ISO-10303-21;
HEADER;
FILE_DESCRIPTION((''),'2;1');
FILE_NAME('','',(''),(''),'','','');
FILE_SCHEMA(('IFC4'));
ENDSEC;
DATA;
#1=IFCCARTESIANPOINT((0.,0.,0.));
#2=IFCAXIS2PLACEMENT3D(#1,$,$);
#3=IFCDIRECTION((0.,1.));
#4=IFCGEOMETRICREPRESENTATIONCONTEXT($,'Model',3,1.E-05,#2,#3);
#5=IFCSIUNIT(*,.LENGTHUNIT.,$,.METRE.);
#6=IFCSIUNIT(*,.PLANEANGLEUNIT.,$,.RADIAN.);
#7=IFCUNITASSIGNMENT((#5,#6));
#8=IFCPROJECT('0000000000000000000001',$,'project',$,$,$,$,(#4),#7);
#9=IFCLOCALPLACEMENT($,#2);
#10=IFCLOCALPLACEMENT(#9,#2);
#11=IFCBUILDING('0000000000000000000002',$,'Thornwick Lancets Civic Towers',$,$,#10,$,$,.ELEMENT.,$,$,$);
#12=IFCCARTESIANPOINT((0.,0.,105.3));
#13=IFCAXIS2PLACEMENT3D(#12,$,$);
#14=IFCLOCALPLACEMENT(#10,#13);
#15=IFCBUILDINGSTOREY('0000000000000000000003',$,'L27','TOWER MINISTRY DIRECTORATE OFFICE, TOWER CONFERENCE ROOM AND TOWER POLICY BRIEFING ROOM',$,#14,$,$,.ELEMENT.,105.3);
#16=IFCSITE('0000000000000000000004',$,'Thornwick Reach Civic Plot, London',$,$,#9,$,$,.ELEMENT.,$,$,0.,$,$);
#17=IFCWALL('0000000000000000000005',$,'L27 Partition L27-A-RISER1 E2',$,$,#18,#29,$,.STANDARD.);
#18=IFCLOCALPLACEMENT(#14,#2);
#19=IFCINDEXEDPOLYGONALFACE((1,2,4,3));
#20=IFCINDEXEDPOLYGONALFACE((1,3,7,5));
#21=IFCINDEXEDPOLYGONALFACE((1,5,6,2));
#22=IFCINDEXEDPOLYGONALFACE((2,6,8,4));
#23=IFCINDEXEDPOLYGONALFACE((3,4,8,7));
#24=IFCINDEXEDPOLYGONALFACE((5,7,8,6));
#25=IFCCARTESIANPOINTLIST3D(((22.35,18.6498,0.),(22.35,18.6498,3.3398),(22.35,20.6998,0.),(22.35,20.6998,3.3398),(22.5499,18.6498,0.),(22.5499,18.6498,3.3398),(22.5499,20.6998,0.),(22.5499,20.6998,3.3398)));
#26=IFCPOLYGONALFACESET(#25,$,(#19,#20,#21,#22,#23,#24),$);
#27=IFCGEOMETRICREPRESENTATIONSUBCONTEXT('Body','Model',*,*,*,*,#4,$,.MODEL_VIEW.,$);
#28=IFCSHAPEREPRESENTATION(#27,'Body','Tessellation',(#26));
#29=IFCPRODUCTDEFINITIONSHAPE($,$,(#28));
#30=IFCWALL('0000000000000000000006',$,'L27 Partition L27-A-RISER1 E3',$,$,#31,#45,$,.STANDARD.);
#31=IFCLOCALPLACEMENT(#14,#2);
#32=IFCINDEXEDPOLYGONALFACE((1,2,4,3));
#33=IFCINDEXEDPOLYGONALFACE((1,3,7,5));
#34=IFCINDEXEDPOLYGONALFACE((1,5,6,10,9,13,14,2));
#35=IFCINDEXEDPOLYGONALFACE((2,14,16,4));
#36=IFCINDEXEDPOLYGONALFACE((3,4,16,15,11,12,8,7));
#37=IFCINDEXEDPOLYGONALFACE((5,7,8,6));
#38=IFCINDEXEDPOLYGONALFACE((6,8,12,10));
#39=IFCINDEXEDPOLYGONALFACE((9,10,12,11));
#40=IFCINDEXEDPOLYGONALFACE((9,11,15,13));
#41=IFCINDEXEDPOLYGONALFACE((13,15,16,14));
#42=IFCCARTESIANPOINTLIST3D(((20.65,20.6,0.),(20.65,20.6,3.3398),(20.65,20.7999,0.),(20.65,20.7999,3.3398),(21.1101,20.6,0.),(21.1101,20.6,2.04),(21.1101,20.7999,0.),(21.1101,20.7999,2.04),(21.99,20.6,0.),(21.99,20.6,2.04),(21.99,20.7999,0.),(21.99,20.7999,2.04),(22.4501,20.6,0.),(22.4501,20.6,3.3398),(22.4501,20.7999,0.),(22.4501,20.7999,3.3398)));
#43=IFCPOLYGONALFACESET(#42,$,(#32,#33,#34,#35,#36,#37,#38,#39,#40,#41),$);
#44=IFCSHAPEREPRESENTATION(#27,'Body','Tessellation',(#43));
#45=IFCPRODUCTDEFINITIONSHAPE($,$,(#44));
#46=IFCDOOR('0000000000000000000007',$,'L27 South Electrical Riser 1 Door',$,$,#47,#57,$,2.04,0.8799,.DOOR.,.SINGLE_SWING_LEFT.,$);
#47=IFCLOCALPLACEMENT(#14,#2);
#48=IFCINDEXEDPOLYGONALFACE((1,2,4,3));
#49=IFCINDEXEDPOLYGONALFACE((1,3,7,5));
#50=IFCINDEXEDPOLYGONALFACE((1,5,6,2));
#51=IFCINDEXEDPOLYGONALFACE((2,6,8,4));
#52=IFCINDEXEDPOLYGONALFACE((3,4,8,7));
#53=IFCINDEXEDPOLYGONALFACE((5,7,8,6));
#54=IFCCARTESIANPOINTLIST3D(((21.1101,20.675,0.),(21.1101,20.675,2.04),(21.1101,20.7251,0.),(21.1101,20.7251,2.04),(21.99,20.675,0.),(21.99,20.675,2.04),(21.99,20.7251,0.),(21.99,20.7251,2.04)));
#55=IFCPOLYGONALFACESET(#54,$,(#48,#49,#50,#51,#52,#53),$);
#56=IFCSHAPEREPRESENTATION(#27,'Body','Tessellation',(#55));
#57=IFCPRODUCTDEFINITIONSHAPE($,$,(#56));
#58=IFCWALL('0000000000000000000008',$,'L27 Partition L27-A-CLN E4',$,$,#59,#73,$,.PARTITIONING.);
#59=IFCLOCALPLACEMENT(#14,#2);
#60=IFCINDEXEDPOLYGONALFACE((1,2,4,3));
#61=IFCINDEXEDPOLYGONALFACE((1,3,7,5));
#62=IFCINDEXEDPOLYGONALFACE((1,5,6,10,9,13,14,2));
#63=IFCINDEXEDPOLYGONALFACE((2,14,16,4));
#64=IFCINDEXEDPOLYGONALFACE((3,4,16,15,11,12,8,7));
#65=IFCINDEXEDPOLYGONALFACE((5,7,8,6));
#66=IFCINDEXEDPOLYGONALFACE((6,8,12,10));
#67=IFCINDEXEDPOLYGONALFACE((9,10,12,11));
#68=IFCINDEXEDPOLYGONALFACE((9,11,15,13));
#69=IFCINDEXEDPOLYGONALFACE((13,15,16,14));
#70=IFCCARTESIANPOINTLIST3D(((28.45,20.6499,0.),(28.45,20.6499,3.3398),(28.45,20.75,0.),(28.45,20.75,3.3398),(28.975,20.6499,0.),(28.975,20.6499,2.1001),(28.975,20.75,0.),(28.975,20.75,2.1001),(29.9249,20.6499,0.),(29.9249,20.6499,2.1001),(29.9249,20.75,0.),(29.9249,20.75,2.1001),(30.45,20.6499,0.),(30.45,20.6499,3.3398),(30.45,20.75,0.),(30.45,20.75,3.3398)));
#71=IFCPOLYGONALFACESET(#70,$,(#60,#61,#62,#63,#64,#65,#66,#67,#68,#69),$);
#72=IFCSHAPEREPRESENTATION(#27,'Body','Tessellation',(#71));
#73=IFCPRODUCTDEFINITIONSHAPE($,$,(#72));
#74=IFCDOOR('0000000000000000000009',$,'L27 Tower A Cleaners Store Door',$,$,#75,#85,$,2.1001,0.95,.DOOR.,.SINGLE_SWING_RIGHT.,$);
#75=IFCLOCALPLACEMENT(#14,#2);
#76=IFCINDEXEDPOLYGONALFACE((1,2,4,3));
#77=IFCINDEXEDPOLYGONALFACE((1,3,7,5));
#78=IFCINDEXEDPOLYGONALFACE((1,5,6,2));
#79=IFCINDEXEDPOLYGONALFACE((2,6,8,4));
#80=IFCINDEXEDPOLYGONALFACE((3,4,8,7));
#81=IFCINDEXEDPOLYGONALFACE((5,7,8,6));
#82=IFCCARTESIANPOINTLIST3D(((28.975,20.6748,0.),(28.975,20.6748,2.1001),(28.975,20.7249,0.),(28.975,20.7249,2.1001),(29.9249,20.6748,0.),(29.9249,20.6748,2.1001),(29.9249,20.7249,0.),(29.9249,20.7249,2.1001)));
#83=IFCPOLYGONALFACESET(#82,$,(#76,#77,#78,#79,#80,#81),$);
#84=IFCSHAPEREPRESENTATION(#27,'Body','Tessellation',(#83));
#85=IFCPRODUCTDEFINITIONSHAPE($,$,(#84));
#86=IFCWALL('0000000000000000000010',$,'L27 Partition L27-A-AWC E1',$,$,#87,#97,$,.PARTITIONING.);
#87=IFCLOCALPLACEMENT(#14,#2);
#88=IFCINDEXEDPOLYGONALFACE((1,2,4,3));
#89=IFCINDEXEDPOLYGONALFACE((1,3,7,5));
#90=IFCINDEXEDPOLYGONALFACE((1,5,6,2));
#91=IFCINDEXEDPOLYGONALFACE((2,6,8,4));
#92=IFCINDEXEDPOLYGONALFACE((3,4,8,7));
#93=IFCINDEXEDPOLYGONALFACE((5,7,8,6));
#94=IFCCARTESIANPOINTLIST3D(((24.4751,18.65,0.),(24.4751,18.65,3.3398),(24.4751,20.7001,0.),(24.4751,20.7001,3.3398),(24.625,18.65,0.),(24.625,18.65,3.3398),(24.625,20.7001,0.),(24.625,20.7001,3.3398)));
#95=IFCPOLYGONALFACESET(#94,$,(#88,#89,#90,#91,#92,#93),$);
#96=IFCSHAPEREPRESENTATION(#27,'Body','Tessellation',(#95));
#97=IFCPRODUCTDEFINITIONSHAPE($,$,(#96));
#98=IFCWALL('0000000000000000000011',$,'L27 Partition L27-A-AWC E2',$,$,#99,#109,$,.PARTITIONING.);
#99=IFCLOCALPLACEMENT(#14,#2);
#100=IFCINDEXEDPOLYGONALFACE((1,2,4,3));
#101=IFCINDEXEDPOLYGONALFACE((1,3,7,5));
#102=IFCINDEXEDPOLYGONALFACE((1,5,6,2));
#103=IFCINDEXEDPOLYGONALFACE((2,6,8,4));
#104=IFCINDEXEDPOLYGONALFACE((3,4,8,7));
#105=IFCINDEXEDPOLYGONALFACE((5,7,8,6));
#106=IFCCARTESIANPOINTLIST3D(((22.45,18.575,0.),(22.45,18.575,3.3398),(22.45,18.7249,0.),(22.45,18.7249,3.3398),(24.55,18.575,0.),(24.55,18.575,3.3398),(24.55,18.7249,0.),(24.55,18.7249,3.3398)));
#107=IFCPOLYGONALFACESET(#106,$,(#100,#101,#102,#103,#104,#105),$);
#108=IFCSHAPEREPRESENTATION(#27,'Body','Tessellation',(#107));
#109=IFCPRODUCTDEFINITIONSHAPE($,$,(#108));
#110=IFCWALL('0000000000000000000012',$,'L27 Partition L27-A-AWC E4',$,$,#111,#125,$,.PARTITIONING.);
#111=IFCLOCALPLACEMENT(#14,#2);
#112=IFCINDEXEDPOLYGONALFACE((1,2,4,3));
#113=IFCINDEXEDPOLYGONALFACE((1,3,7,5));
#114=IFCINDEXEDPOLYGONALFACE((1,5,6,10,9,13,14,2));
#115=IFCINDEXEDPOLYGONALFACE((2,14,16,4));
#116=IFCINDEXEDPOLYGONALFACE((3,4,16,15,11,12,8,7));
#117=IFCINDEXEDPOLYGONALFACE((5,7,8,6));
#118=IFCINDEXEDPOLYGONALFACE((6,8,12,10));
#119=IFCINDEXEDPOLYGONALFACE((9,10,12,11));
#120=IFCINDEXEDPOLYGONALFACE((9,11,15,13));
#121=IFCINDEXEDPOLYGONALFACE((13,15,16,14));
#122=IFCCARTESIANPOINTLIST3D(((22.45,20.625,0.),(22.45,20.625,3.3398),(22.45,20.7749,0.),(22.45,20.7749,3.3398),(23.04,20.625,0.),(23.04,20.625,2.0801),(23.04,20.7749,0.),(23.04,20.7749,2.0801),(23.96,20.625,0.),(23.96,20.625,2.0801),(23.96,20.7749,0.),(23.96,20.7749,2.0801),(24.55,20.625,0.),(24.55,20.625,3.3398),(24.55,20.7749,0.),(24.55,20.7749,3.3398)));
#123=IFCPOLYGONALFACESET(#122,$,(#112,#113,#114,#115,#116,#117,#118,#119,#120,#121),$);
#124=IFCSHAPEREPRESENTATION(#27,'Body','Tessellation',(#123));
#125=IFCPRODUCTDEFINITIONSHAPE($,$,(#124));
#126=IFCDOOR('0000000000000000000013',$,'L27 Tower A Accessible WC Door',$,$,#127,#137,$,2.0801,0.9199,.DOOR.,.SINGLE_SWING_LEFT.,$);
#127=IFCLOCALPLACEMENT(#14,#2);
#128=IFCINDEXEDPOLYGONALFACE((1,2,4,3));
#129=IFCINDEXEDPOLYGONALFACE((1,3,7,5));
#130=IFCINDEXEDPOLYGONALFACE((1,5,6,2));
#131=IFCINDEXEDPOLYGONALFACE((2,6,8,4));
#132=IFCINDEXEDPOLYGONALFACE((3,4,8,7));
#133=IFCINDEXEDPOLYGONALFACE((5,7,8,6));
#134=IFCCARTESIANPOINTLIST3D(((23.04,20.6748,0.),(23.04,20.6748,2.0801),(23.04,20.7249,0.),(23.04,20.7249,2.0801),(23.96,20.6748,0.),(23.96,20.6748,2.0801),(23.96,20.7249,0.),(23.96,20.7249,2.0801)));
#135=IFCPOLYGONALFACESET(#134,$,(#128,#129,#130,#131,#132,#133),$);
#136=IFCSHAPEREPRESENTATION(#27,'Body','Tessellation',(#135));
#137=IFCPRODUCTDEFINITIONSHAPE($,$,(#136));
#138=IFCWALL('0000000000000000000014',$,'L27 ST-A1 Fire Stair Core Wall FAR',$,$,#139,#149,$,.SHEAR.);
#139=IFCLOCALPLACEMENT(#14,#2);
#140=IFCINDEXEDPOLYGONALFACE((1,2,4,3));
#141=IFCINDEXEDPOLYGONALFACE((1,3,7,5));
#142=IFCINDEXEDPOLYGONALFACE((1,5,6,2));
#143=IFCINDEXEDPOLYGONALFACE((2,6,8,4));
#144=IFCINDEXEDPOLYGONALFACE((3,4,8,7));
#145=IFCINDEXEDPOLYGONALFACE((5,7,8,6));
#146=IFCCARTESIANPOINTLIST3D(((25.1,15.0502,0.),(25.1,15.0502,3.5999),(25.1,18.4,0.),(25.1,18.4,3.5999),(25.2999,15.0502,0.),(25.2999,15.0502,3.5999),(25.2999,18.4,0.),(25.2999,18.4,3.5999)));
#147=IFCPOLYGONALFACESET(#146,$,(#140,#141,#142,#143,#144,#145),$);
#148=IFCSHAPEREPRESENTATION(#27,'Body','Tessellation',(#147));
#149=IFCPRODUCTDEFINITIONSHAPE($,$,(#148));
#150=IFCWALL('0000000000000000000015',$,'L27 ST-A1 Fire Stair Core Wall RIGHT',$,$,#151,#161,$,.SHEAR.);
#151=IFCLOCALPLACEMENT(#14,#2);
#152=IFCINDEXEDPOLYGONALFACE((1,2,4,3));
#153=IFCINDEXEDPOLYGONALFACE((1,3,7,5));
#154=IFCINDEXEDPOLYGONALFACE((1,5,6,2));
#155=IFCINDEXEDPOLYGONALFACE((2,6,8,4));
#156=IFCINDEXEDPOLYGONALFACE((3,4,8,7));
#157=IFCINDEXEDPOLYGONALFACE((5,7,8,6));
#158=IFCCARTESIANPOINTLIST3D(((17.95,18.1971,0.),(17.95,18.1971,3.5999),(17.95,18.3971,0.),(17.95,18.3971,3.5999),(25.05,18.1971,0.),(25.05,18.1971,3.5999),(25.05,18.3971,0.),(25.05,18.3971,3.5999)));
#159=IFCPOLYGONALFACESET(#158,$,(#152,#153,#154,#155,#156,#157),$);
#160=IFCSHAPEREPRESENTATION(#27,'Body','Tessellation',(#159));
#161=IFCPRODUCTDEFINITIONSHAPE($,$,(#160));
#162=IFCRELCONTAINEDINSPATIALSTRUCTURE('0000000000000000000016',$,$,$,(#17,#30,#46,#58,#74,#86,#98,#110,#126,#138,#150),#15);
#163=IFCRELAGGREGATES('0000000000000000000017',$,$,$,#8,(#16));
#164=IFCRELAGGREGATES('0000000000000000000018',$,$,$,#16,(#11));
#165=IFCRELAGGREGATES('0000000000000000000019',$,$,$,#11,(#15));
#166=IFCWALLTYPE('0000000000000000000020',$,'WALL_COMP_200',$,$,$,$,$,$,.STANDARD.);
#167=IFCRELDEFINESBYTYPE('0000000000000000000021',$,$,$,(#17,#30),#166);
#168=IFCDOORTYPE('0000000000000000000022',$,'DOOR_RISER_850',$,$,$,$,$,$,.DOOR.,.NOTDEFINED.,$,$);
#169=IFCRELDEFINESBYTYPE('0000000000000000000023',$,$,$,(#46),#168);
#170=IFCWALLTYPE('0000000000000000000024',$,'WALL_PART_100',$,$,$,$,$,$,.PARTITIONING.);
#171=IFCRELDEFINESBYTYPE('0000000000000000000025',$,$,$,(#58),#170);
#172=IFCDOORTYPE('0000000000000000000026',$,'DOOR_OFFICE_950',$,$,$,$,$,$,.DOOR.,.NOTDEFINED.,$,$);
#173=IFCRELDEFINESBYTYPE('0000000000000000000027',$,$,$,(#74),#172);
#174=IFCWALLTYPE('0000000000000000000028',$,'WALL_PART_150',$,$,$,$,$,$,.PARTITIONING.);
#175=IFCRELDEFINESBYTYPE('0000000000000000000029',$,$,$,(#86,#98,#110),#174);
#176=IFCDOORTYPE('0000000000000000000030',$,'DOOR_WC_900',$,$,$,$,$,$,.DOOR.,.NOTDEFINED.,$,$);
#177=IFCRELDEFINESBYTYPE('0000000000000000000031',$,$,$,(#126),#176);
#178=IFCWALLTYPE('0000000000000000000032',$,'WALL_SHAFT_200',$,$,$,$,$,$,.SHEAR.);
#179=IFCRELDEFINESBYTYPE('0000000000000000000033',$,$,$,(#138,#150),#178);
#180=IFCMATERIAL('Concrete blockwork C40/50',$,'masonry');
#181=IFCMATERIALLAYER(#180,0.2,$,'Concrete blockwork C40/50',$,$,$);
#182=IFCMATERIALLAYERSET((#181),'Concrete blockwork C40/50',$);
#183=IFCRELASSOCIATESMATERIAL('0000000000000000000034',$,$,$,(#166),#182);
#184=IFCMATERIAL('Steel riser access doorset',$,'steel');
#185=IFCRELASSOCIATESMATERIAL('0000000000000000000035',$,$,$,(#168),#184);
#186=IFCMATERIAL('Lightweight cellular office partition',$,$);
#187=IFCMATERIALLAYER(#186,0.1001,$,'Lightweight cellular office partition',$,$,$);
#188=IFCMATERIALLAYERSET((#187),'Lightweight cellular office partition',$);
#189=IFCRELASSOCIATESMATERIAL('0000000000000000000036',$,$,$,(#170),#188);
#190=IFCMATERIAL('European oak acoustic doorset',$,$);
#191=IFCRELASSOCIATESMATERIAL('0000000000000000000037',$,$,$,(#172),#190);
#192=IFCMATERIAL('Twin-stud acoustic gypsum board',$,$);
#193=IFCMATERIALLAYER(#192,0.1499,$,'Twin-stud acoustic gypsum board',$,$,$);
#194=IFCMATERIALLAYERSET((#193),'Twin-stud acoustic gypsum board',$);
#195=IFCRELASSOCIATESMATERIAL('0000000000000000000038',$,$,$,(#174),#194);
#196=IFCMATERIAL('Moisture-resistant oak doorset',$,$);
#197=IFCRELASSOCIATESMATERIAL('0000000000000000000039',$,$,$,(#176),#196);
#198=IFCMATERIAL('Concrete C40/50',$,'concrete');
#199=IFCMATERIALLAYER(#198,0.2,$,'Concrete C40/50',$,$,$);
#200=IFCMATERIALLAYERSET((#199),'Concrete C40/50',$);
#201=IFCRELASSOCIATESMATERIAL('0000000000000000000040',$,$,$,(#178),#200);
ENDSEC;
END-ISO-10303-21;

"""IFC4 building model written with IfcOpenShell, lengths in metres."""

from ifc_helpers import new_model, si_unit, direction, frame, frame_2d, origin, place, context, subcontext, project, spatial, rectangle, extrude, material, layer, layer_set, type_object, element, fill, save


model = new_model("IFC4")

# Units and contexts
model_context = context("Model", 3, precision=1e-05, world=origin(), true_north=direction((0.0, 1.0)))
body_context = subcontext(model_context, "Body", "Model", "MODEL_VIEW")
ifc_project = project(units=[si_unit("LENGTHUNIT", "METRE"), si_unit("PLANEANGLEUNIT", "RADIAN")], contexts=[model_context])

# Site, building, storey
site_placement = place(None, origin())
site = spatial("IfcSite", under=ifc_project, at=site_placement, Name="Thornwick Reach Civic Plot, London", CompositionType="ELEMENT", RefElevation=0.0)
building_placement = place(site_placement, origin())
building = spatial("IfcBuilding", under=site, at=building_placement, Name="Thornwick Lancets Civic Towers", CompositionType="ELEMENT")
storey_placement = place(building_placement, frame((0.0, 0.0, 105.3)))
storey = spatial("IfcBuildingStorey", under=building, at=storey_placement, Name="L27", Description="TOWER MINISTRY DIRECTORATE OFFICE, TOWER CONFERENCE ROOM AND TOWER POLICY BRIEFING ROOM", CompositionType="ELEMENT", Elevation=105.3)

# Shared definitions
ifc_material_1 = material(Name="Concrete C40/50", Category="concrete")

# Shared definitions
ifc_material_2 = material(Name="Concrete blockwork C40/50", Category="masonry")
ifc_layer_1 = layer(ifc_material_2, 0.2, Name="Concrete blockwork C40/50")
ifc_layer_set_1 = layer_set([ifc_layer_1], Name="Concrete blockwork C40/50")
wall_type_1 = type_object("IfcWallType", Name="WALL_COMP_200", PredefinedType="STANDARD", material=ifc_layer_set_1)

# Shared definitions
ifc_material_3 = material(Name="Steel riser access doorset", Category="steel")
door_type_1 = type_object("IfcDoorType", Name="DOOR_RISER_850", OperationType="NOTDEFINED", PredefinedType="DOOR", material=ifc_material_3)

# Wall
for number, where, z_axis, x_axis, name in (
    (1, (22.45, 18.6499, 0.0), (0.0, 0.0, 1.0), (0.0, 1.0, 0.0), "L27 Partition L27-A-RISER1 E2"),
):
    element("IfcWall", number, at=place(storey_placement, frame(where, z_axis=z_axis, x_axis=x_axis)), inside=storey, type_object=wall_type_1, Name=name, PredefinedType="STANDARD", context=body_context, shape_type="SweptSolid", body=[
        extrude(rectangle(XDim=2.05, YDim=0.2, at=frame_2d((1.0249, 0.0))), origin(), (0.0, 0.0, 1.0), 3.3398),
    ])

# Walls, openings, doors
wall_1_placement = place(storey_placement, frame((22.45, 20.7, 0.0), z_axis=(0.0, 0.0, 1.0), x_axis=(-1.0, 0.0, 0.0)))
wall_1 = element("IfcWall", 2, at=wall_1_placement, inside=storey, type_object=wall_type_1, Name="L27 Partition L27-A-RISER1 E3", PredefinedType="STANDARD", context=body_context, shape_type="SweptSolid", body=[
    extrude(rectangle(XDim=1.8, YDim=0.2, at=frame_2d((0.8999, 0.0))), origin(), (0.0, 0.0, 1.0), 3.3398),
])
opening_1_placement = place(wall_1_placement, frame((0.46, 0.0, 0.0)))
opening_1 = element("IfcOpeningElement", 3, at=opening_1_placement, cuts=wall_1, PredefinedType="OPENING", context=body_context, shape_type="SweptSolid", body=[
    extrude(rectangle(XDim=0.8799, YDim=2.04, at=frame_2d((0.4399, 1.02))), frame((0.0, 0.1099, 0.0), z_axis=(0.0, -1.0, 0.0), x_axis=(1.0, 0.0, 0.0)), (0.0, 0.0, 1.0), 0.22),
])
door_1_placement = place(opening_1_placement, origin())
door_1 = element("IfcDoor", 4, at=door_1_placement, inside=storey, type_object=door_type_1, Name="L27 South Electrical Riser 1 Door", OperationType="SINGLE_SWING_LEFT", OverallHeight=2.04, OverallWidth=0.8799, PredefinedType="DOOR", context=body_context, shape_type="SweptSolid", body=[
    extrude(rectangle(XDim=0.8799, YDim=2.04, at=frame_2d((0.4399, 1.02))), frame((0.0, 0.0249, 0.0), z_axis=(0.0, -1.0, 0.0), x_axis=(1.0, 0.0, 0.0)), (0.0, 0.0, 1.0), 0.05),
])
fill(opening_1, door_1)
ifc_material_4 = material(Name="Lightweight cellular office partition")
ifc_layer_2 = layer(ifc_material_4, 0.1001, Name="Lightweight cellular office partition")
ifc_layer_set_2 = layer_set([ifc_layer_2], Name="Lightweight cellular office partition")
wall_type_2 = type_object("IfcWallType", Name="WALL_PART_100", PredefinedType="PARTITIONING", material=ifc_layer_set_2)
wall_2_placement = place(storey_placement, frame((28.45, 20.7, 0.0), z_axis=(0.0, 0.0, 1.0), x_axis=(1.0, 0.0, 0.0)))
wall_2 = element("IfcWall", 5, at=wall_2_placement, inside=storey, type_object=wall_type_2, Name="L27 Partition L27-A-CLN E4", PredefinedType="PARTITIONING", context=body_context, shape_type="SweptSolid", body=[
    extrude(rectangle(XDim=2.0, YDim=0.1001, at=frame_2d((1.0, 0.0))), origin(), (0.0, 0.0, 1.0), 3.3398),
])
opening_2_placement = place(wall_2_placement, frame((0.5249, 0.0, 0.0)))
opening_2 = element("IfcOpeningElement", 6, at=opening_2_placement, cuts=wall_2, PredefinedType="OPENING", context=body_context, shape_type="SweptSolid", body=[
    extrude(rectangle(XDim=0.95, YDim=2.1001, at=frame_2d((0.4751, 1.05))), frame((0.0, 0.0601, 0.0), z_axis=(0.0, -1.0, 0.0), x_axis=(1.0, 0.0, 0.0)), (0.0, 0.0, 1.0), 0.1201),
])
ifc_material_5 = material(Name="European oak acoustic doorset")
door_type_2 = type_object("IfcDoorType", Name="DOOR_OFFICE_950", OperationType="NOTDEFINED", PredefinedType="DOOR", material=ifc_material_5)
door_2_placement = place(opening_2_placement, origin())
door_2 = element("IfcDoor", 7, at=door_2_placement, inside=storey, type_object=door_type_2, Name="L27 Tower A Cleaners Store Door", OperationType="SINGLE_SWING_RIGHT", OverallHeight=2.1001, OverallWidth=0.95, PredefinedType="DOOR", context=body_context, shape_type="SweptSolid", body=[
    extrude(rectangle(XDim=0.95, YDim=2.1001, at=frame_2d((0.4751, 1.05))), frame((0.0, 0.0249, 0.0), z_axis=(0.0, -1.0, 0.0), x_axis=(1.0, 0.0, 0.0)), (0.0, 0.0, 1.0), 0.05),
])
fill(opening_2, door_2)

# Walls
ifc_material_6 = material(Name="Twin-stud acoustic gypsum board")
ifc_layer_3 = layer(ifc_material_6, 0.1499, Name="Twin-stud acoustic gypsum board")
ifc_layer_set_3 = layer_set([ifc_layer_3], Name="Twin-stud acoustic gypsum board")
wall_type_3 = type_object("IfcWallType", Name="WALL_PART_150", PredefinedType="PARTITIONING", material=ifc_layer_set_3)
wall_3_placement = place(storey_placement, frame((24.55, 20.7, 0.0), z_axis=(0.0, 0.0, 1.0), x_axis=(0.0, -1.0, 0.0)))
element("IfcWall", 8, at=wall_3_placement, inside=storey, type_object=wall_type_3, Name="L27 Partition L27-A-AWC E1", PredefinedType="PARTITIONING", context=body_context, shape_type="SweptSolid", body=[
    extrude(rectangle(XDim=2.05, YDim=0.1499, at=frame_2d((1.0249, 0.0))), origin(), (0.0, 0.0, 1.0), 3.3398),
])
wall_4_placement = place(storey_placement, frame((24.55, 18.6499, 0.0), z_axis=(0.0, 0.0, 1.0), x_axis=(-1.0, 0.0, 0.0)))
element("IfcWall", 9, at=wall_4_placement, inside=storey, type_object=wall_type_3, Name="L27 Partition L27-A-AWC E2", PredefinedType="PARTITIONING", context=body_context, shape_type="SweptSolid", body=[
    extrude(rectangle(XDim=2.1001, YDim=0.1499, at=frame_2d((1.05, 0.0))), origin(), (0.0, 0.0, 1.0), 3.3398),
])

# Wall, opening, door
wall_5_placement = place(storey_placement, frame((22.45, 20.7, 0.0), z_axis=(0.0, 0.0, 1.0), x_axis=(1.0, 0.0, 0.0)))
wall_5 = element("IfcWall", 10, at=wall_5_placement, inside=storey, type_object=wall_type_3, Name="L27 Partition L27-A-AWC E4", PredefinedType="PARTITIONING", context=body_context, shape_type="SweptSolid", body=[
    extrude(rectangle(XDim=2.1001, YDim=0.1499, at=frame_2d((1.05, 0.0))), origin(), (0.0, 0.0, 1.0), 3.3398),
])
opening_3_placement = place(wall_5_placement, frame((0.5901, 0.0, 0.0)))
opening_3 = element("IfcOpeningElement", 11, at=opening_3_placement, cuts=wall_5, PredefinedType="OPENING", context=body_context, shape_type="SweptSolid", body=[
    extrude(rectangle(XDim=0.9199, YDim=2.0801, at=frame_2d((0.46, 1.04))), frame((0.0, 0.085, 0.0), z_axis=(0.0, -1.0, 0.0), x_axis=(1.0, 0.0, 0.0)), (0.0, 0.0, 1.0), 0.1699),
])
ifc_material_7 = material(Name="Moisture-resistant oak doorset")
door_type_3 = type_object("IfcDoorType", Name="DOOR_WC_900", OperationType="NOTDEFINED", PredefinedType="DOOR", material=ifc_material_7)
door_3_placement = place(opening_3_placement, origin())
door_3 = element("IfcDoor", 12, at=door_3_placement, inside=storey, type_object=door_type_3, Name="L27 Tower A Accessible WC Door", OperationType="SINGLE_SWING_LEFT", OverallHeight=2.0801, OverallWidth=0.9199, PredefinedType="DOOR", context=body_context, shape_type="SweptSolid", body=[
    extrude(rectangle(XDim=0.9199, YDim=2.0801, at=frame_2d((0.46, 1.04))), frame((0.0, 0.0249, 0.0), z_axis=(0.0, -1.0, 0.0), x_axis=(1.0, 0.0, 0.0)), (0.0, 0.0, 1.0), 0.05),
])
fill(opening_3, door_3)

# Walls
ifc_layer_4 = layer(ifc_material_1, 0.2, Name="Concrete C40/50")
ifc_layer_set_4 = layer_set([ifc_layer_4], Name="Concrete C40/50")
wall_type_4 = type_object("IfcWallType", Name="WALL_SHAFT_200", PredefinedType="SHEAR", material=ifc_layer_set_4)
wall_6_placement = place(storey_placement, frame((25.2, 18.3999, 0.0), z_axis=(0.0, 0.0, 1.0), x_axis=(0.0, -1.0, 0.0)))
element("IfcWall", 13, at=wall_6_placement, inside=storey, type_object=wall_type_4, Name="L27 ST-A1 Fire Stair Core Wall FAR", PredefinedType="SHEAR", context=body_context, shape_type="SweptSolid", body=[
    extrude(rectangle(XDim=3.3499, YDim=0.2, at=frame_2d((1.6748, 0.0))), origin(), (0.0, 0.0, 1.0), 3.5999),
])
wall_7_placement = place(storey_placement, frame((25.05, 18.2971, 0.0), z_axis=(0.0, 0.0, 1.0), x_axis=(-1.0, 0.0, 0.0)))
element("IfcWall", 14, at=wall_7_placement, inside=storey, type_object=wall_type_4, Name="L27 ST-A1 Fire Stair Core Wall RIGHT", PredefinedType="SHEAR", context=body_context, shape_type="SweptSolid", body=[
    extrude(rectangle(XDim=7.1001, YDim=0.2, at=frame_2d((3.55, 0.0))), origin(), (0.0, 0.0, 1.0), 3.5999),
])

save(model, "model.ifc")
